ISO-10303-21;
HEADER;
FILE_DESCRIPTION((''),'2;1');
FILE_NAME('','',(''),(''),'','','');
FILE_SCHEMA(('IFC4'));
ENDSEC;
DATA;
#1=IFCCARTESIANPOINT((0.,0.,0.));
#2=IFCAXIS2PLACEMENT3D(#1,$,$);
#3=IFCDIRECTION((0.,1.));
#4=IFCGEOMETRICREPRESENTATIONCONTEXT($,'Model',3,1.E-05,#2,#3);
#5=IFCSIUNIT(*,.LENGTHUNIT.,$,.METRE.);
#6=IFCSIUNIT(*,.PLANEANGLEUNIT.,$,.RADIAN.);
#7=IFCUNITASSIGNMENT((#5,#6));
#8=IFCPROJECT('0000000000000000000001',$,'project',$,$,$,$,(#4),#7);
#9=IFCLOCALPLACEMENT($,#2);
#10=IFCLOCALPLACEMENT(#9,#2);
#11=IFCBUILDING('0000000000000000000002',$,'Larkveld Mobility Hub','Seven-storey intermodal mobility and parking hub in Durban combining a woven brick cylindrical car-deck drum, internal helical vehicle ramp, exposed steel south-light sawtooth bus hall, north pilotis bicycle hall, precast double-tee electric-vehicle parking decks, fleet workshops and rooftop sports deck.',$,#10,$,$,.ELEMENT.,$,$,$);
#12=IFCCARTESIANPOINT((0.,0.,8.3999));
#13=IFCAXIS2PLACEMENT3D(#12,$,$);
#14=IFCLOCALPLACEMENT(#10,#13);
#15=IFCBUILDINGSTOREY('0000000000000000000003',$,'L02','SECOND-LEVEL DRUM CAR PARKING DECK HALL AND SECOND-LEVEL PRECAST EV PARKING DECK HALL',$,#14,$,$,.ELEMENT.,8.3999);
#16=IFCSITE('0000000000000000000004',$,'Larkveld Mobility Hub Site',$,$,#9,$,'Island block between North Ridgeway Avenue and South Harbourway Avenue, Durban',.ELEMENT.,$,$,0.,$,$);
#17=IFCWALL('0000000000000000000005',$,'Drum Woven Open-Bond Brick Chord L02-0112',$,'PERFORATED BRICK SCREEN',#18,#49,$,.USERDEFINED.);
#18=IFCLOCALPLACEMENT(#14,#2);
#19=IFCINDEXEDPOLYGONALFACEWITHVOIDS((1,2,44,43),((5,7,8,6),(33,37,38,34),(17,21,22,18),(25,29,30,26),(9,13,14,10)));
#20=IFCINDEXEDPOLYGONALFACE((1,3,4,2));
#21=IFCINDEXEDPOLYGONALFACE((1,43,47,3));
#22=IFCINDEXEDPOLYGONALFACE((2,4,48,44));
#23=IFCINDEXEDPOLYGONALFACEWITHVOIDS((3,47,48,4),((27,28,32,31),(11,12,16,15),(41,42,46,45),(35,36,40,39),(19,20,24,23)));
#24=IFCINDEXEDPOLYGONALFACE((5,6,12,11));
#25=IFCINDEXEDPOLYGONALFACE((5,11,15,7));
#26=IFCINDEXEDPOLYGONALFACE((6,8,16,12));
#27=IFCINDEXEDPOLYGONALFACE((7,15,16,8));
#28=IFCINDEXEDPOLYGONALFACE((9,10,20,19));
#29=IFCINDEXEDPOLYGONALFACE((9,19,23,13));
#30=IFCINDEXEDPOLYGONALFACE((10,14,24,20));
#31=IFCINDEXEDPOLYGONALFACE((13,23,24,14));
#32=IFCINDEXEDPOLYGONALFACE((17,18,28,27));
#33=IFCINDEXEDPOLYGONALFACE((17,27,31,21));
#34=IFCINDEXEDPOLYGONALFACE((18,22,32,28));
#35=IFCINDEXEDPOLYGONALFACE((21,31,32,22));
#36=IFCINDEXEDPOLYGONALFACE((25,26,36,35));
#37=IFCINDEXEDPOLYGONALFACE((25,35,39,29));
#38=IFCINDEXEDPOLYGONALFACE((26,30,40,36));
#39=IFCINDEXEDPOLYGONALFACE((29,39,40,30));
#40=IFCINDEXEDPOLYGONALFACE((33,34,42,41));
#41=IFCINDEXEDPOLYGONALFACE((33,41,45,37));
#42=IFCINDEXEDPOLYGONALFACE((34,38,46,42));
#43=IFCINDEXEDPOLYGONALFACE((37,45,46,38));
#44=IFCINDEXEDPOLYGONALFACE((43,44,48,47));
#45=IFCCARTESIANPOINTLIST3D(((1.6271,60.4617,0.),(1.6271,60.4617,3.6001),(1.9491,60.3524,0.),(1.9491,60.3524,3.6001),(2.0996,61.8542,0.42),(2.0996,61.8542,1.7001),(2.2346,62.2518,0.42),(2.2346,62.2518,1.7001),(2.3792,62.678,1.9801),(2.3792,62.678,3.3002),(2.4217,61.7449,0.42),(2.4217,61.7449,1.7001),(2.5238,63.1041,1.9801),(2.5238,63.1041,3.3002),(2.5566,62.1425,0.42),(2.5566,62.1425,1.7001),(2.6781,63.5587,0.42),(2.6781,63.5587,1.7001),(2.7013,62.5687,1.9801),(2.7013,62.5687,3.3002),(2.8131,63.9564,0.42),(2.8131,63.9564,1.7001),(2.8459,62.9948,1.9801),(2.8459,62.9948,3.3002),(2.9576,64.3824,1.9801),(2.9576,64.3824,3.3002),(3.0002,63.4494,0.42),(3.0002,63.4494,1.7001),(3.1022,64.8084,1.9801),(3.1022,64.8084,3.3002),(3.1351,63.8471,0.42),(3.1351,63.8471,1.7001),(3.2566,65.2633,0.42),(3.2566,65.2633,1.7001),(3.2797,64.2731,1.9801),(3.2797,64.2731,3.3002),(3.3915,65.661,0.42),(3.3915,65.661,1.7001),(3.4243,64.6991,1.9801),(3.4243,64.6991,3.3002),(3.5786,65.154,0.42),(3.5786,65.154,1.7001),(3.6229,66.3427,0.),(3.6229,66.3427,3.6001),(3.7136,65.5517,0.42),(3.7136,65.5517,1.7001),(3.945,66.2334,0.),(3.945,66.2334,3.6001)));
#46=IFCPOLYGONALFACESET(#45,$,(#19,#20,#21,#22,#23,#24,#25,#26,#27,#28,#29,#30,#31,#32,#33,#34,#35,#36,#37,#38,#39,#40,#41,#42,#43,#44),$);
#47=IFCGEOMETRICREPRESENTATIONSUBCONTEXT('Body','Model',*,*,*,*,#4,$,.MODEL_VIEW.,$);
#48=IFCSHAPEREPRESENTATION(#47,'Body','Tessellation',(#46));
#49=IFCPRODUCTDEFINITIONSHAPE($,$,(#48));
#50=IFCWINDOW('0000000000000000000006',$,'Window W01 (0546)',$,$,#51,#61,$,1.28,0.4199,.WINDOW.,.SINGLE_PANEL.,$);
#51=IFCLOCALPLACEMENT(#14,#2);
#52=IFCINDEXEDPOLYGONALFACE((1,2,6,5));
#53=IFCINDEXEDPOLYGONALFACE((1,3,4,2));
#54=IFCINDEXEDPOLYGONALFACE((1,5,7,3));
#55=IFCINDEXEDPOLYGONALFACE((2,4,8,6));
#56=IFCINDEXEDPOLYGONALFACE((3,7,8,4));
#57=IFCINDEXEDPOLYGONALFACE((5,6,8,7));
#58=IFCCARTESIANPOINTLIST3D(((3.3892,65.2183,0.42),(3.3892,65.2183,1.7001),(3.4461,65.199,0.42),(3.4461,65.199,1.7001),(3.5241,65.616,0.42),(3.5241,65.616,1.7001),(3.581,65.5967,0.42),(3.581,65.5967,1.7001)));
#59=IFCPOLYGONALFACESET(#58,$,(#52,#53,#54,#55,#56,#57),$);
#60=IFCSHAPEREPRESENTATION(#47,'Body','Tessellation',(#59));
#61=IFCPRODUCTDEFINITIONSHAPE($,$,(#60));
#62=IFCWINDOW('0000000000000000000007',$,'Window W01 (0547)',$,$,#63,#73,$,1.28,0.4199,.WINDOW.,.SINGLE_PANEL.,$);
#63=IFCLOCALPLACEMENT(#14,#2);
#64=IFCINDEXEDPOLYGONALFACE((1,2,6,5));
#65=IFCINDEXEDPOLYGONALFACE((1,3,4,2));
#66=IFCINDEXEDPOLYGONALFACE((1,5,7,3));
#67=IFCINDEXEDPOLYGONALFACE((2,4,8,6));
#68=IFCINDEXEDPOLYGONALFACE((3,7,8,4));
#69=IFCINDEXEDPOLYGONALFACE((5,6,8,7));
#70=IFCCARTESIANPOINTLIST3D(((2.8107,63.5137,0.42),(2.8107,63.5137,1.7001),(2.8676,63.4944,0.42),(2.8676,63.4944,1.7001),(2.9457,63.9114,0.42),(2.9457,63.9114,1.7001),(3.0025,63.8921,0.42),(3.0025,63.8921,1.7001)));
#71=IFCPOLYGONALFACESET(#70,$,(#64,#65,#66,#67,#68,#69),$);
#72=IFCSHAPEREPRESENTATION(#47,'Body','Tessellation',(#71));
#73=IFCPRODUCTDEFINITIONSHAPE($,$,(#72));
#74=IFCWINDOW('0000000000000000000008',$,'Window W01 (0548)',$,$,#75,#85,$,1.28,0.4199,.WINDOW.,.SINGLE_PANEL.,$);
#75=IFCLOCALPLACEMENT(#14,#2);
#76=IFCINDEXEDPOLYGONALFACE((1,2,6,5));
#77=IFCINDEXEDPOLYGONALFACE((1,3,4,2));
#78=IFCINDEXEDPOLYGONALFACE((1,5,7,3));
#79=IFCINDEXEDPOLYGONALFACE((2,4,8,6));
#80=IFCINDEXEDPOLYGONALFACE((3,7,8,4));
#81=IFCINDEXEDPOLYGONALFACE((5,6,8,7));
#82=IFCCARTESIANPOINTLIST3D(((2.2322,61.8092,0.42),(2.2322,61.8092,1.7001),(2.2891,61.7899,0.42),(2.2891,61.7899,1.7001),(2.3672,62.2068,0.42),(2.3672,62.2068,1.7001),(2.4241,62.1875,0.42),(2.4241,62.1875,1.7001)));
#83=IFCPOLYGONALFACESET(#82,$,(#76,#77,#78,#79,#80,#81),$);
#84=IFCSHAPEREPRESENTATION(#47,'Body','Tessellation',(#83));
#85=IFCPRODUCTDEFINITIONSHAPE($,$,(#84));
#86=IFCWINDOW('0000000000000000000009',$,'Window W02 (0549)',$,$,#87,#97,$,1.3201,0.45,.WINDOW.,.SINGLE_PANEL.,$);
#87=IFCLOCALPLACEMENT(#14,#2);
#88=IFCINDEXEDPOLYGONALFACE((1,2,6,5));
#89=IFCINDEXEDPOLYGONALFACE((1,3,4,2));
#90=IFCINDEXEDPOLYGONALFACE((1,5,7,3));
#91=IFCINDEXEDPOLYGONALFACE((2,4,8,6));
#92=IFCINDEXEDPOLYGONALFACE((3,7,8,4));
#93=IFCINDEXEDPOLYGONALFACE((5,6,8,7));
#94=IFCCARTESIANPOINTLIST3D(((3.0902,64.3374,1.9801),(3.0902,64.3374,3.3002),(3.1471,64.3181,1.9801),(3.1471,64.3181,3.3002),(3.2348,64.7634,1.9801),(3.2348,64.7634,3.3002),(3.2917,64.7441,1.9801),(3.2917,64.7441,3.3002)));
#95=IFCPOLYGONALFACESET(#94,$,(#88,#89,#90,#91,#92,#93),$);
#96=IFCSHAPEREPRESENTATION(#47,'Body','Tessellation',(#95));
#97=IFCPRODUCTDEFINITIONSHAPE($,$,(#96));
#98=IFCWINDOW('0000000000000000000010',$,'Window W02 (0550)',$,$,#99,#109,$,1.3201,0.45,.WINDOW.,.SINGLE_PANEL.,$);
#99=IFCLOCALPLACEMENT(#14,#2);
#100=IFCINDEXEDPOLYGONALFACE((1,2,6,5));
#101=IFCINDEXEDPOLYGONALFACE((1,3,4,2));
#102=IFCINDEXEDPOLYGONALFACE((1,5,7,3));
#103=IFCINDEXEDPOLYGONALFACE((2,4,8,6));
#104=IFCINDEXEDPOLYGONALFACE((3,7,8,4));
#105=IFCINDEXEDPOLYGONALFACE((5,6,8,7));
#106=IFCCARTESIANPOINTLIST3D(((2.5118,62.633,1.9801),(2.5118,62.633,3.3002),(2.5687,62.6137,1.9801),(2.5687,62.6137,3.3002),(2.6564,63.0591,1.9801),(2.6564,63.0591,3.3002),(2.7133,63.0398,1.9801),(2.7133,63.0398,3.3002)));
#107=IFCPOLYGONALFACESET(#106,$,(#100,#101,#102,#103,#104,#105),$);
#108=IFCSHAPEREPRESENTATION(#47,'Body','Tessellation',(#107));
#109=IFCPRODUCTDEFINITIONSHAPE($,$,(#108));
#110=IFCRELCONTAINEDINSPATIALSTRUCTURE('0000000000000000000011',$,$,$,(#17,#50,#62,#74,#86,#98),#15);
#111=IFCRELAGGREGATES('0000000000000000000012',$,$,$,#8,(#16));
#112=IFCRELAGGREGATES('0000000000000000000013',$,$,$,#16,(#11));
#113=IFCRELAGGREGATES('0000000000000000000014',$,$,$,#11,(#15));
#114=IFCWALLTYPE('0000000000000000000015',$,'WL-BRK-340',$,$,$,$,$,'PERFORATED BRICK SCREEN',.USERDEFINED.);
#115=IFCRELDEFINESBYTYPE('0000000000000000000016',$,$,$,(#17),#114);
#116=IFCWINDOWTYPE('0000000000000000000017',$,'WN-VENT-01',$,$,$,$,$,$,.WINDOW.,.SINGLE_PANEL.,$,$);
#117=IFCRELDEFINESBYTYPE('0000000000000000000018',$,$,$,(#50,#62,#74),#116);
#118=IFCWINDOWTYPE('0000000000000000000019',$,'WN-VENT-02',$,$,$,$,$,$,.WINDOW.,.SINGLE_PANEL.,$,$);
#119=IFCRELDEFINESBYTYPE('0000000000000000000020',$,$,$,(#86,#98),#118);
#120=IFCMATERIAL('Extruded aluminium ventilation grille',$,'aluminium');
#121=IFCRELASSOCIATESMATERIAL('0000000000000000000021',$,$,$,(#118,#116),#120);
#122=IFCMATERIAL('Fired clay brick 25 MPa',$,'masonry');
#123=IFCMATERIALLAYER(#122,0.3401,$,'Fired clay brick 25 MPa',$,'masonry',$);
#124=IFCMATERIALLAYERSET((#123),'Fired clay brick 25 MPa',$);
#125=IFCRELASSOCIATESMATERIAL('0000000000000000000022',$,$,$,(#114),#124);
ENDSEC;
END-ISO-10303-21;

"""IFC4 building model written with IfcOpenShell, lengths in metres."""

from ifc_helpers import new_model, si_unit, direction, frame, frame_2d, origin, place, context, subcontext, project, spatial, rectangle, extrude, material, layer, layer_set, type_object, element, fill, save


model = new_model("IFC4")

# Units and contexts
model_context = context("Model", 3, precision=1e-05, world=origin(), true_north=direction((0.0, 1.0)))
body_context = subcontext(model_context, "Body", "Model", "MODEL_VIEW")
ifc_project = project(units=[si_unit("LENGTHUNIT", "METRE"), si_unit("PLANEANGLEUNIT", "RADIAN")], contexts=[model_context])

# Site, building, storey
site_placement = place(None, origin())
site = spatial("IfcSite", under=ifc_project, at=site_placement, Name="Larkveld Mobility Hub Site", LongName="Island block between North Ridgeway Avenue and South Harbourway Avenue, Durban", CompositionType="ELEMENT", RefElevation=0.0)
building_placement = place(site_placement, origin())
building = spatial("IfcBuilding", under=site, at=building_placement, Name="Larkveld Mobility Hub", Description="Seven-storey intermodal mobility and parking hub in Durban combining a woven brick cylindrical car-deck drum, internal helical vehicle ramp, exposed steel south-light sawtooth bus hall, north pilotis bicycle hall, precast double-tee electric-vehicle parking decks, fleet workshops and rooftop sports deck.", CompositionType="ELEMENT")
storey_placement = place(building_placement, frame((0.0, 0.0, 8.3999)))
storey = spatial("IfcBuildingStorey", under=building, at=storey_placement, Name="L02", Description="SECOND-LEVEL DRUM CAR PARKING DECK HALL AND SECOND-LEVEL PRECAST EV PARKING DECK HALL", CompositionType="ELEMENT", Elevation=8.3999)

# Wall, openings, windows
ifc_material_1 = material(Name="Fired clay brick 25 MPa", Category="masonry")
ifc_material_2 = material(Name="Extruded aluminium ventilation grille", Category="aluminium")
window_type_1 = type_object("IfcWindowType", Name="WN-VENT-02", PartitioningType="SINGLE_PANEL", PredefinedType="WINDOW", material=ifc_material_2)
ifc_layer_1 = layer(ifc_material_1, 0.3401, Name="Fired clay brick 25 MPa", Category="masonry")
ifc_layer_set_1 = layer_set([ifc_layer_1], Name="Fired clay brick 25 MPa")
wall_type_1 = type_object("IfcWallType", Name="WL-BRK-340", ElementType="PERFORATED BRICK SCREEN", PredefinedType="USERDEFINED", material=ifc_layer_set_1)
wall_1_placement = place(storey_placement, frame((3.7839, 66.2881, 0.0), z_axis=(0.0, 0.0, 1.0), x_axis=(-0.321365, -0.946955, 0.0)))
wall_1 = element("IfcWall", 1, at=wall_1_placement, inside=storey, type_object=wall_type_1, Name="Drum Woven Open-Bond Brick Chord L02-0112", ObjectType="PERFORATED BRICK SCREEN", PredefinedType="USERDEFINED", context=body_context, shape_type="SweptSolid", body=[
    extrude(rectangle(XDim=6.2104, YDim=0.3401, at=frame_2d((3.1052, 0.0))), origin(), (0.0, 0.0, 1.0), 3.6001),
])
opening_1_placement = place(wall_1_placement, frame((0.72, 0.0, 0.4199)))
opening_1 = element("IfcOpeningElement", 2, at=opening_1_placement, cuts=wall_1, PredefinedType="OPENING", context=body_context, shape_type="SweptSolid", body=[
    extrude(rectangle(XDim=0.4199, YDim=1.28, at=frame_2d((0.21, 0.6401))), frame((0.0, 0.1802, 0.0), z_axis=(0.0, -1.0, 0.0), x_axis=(1.0, 0.0, 0.0)), (0.0, 0.0, 1.0), 0.3601),
])
opening_2_placement = place(wall_1_placement, frame((2.52, 0.0, 0.4199)))
opening_2 = element("IfcOpeningElement", 3, at=opening_2_placement, cuts=wall_1, PredefinedType="OPENING", context=body_context, shape_type="SweptSolid", body=[
    extrude(rectangle(XDim=0.4199, YDim=1.28, at=frame_2d((0.21, 0.6401))), frame((0.0, 0.1802, 0.0), z_axis=(0.0, -1.0, 0.0), x_axis=(1.0, 0.0, 0.0)), (0.0, 0.0, 1.0), 0.3601),
])
opening_3_placement = place(wall_1_placement, frame((4.3201, 0.0, 0.4199)))
opening_3 = element("IfcOpeningElement", 4, at=opening_3_placement, cuts=wall_1, PredefinedType="OPENING", context=body_context, shape_type="SweptSolid", body=[
    extrude(rectangle(XDim=0.4199, YDim=1.28, at=frame_2d((0.21, 0.6401))), frame((0.0, 0.1802, 0.0), z_axis=(0.0, -1.0, 0.0), x_axis=(1.0, 0.0, 0.0)), (0.0, 0.0, 1.0), 0.3601),
])
opening_4_placement = place(wall_1_placement, frame((1.6201, 0.0, 1.98)))
opening_4 = element("IfcOpeningElement", 5, at=opening_4_placement, cuts=wall_1, PredefinedType="OPENING", context=body_context, shape_type="SweptSolid", body=[
    extrude(rectangle(XDim=0.45, YDim=1.3201, at=frame_2d((0.2251, 0.6602))), frame((0.0, 0.1802, 0.0), z_axis=(0.0, -1.0, 0.0), x_axis=(1.0, 0.0, 0.0)), (0.0, 0.0, 1.0), 0.3601),
])
opening_5_placement = place(wall_1_placement, frame((3.4199, 0.0, 1.98)))
opening_5 = element("IfcOpeningElement", 6, at=opening_5_placement, cuts=wall_1, PredefinedType="OPENING", context=body_context, shape_type="SweptSolid", body=[
    extrude(rectangle(XDim=0.45, YDim=1.3201, at=frame_2d((0.2251, 0.6602))), frame((0.0, 0.1802, 0.0), z_axis=(0.0, -1.0, 0.0), x_axis=(1.0, 0.0, 0.0)), (0.0, 0.0, 1.0), 0.3601),
])
window_type_2 = type_object("IfcWindowType", Name="WN-VENT-01", PartitioningType="SINGLE_PANEL", PredefinedType="WINDOW", material=ifc_material_2)
window_1_placement = place(opening_1_placement, origin())
window_1 = element("IfcWindow", 7, at=window_1_placement, inside=storey, type_object=window_type_2, Name="Window W01 (0546)", OverallHeight=1.28, OverallWidth=0.4199, PartitioningType="SINGLE_PANEL", PredefinedType="WINDOW", context=body_context, shape_type="SweptSolid", body=[
    extrude(rectangle(XDim=0.4199, YDim=1.28, at=frame_2d((0.21, 0.6401))), frame((0.0, 0.03, 0.0), z_axis=(0.0, -1.0, 0.0), x_axis=(1.0, 0.0, 0.0)), (0.0, 0.0, 1.0), 0.0601),
])
fill(opening_1, window_1)
window_2_placement = place(opening_2_placement, origin())
window_2 = element("IfcWindow", 8, at=window_2_placement, inside=storey, type_object=window_type_2, Name="Window W01 (0547)", OverallHeight=1.28, OverallWidth=0.4199, PartitioningType="SINGLE_PANEL", PredefinedType="WINDOW", context=body_context, shape_type="SweptSolid", body=[
    extrude(rectangle(XDim=0.4199, YDim=1.28, at=frame_2d((0.21, 0.6401))), frame((0.0, 0.03, 0.0), z_axis=(0.0, -1.0, 0.0), x_axis=(1.0, 0.0, 0.0)), (0.0, 0.0, 1.0), 0.0601),
])
fill(opening_2, window_2)
window_3_placement = place(opening_3_placement, origin())
window_3 = element("IfcWindow", 9, at=window_3_placement, inside=storey, type_object=window_type_2, Name="Window W01 (0548)", OverallHeight=1.28, OverallWidth=0.4199, PartitioningType="SINGLE_PANEL", PredefinedType="WINDOW", context=body_context, shape_type="SweptSolid", body=[
    extrude(rectangle(XDim=0.4199, YDim=1.28, at=frame_2d((0.21, 0.6401))), frame((0.0, 0.03, 0.0), z_axis=(0.0, -1.0, 0.0), x_axis=(1.0, 0.0, 0.0)), (0.0, 0.0, 1.0), 0.0601),
])
fill(opening_3, window_3)
window_4_placement = place(opening_4_placement, origin())
window_4 = element("IfcWindow", 10, at=window_4_placement, inside=storey, type_object=window_type_1, Name="Window W02 (0549)", OverallHeight=1.3201, OverallWidth=0.45, PartitioningType="SINGLE_PANEL", PredefinedType="WINDOW", context=body_context, shape_type="SweptSolid", body=[
    extrude(rectangle(XDim=0.45, YDim=1.3201, at=frame_2d((0.2251, 0.6602))), frame((0.0, 0.03, 0.0), z_axis=(0.0, -1.0, 0.0), x_axis=(1.0, 0.0, 0.0)), (0.0, 0.0, 1.0), 0.0601),
])
fill(opening_4, window_4)
window_5_placement = place(opening_5_placement, origin())
window_5 = element("IfcWindow", 11, at=window_5_placement, inside=storey, type_object=window_type_1, Name="Window W02 (0550)", OverallHeight=1.3201, OverallWidth=0.45, PartitioningType="SINGLE_PANEL", PredefinedType="WINDOW", context=body_context, shape_type="SweptSolid", body=[
    extrude(rectangle(XDim=0.45, YDim=1.3201, at=frame_2d((0.2251, 0.6602))), frame((0.0, 0.03, 0.0), z_axis=(0.0, -1.0, 0.0), x_axis=(1.0, 0.0, 0.0)), (0.0, 0.0, 1.0), 0.0601),
])
fill(opening_5, window_5)

save(model, "model.ifc")
